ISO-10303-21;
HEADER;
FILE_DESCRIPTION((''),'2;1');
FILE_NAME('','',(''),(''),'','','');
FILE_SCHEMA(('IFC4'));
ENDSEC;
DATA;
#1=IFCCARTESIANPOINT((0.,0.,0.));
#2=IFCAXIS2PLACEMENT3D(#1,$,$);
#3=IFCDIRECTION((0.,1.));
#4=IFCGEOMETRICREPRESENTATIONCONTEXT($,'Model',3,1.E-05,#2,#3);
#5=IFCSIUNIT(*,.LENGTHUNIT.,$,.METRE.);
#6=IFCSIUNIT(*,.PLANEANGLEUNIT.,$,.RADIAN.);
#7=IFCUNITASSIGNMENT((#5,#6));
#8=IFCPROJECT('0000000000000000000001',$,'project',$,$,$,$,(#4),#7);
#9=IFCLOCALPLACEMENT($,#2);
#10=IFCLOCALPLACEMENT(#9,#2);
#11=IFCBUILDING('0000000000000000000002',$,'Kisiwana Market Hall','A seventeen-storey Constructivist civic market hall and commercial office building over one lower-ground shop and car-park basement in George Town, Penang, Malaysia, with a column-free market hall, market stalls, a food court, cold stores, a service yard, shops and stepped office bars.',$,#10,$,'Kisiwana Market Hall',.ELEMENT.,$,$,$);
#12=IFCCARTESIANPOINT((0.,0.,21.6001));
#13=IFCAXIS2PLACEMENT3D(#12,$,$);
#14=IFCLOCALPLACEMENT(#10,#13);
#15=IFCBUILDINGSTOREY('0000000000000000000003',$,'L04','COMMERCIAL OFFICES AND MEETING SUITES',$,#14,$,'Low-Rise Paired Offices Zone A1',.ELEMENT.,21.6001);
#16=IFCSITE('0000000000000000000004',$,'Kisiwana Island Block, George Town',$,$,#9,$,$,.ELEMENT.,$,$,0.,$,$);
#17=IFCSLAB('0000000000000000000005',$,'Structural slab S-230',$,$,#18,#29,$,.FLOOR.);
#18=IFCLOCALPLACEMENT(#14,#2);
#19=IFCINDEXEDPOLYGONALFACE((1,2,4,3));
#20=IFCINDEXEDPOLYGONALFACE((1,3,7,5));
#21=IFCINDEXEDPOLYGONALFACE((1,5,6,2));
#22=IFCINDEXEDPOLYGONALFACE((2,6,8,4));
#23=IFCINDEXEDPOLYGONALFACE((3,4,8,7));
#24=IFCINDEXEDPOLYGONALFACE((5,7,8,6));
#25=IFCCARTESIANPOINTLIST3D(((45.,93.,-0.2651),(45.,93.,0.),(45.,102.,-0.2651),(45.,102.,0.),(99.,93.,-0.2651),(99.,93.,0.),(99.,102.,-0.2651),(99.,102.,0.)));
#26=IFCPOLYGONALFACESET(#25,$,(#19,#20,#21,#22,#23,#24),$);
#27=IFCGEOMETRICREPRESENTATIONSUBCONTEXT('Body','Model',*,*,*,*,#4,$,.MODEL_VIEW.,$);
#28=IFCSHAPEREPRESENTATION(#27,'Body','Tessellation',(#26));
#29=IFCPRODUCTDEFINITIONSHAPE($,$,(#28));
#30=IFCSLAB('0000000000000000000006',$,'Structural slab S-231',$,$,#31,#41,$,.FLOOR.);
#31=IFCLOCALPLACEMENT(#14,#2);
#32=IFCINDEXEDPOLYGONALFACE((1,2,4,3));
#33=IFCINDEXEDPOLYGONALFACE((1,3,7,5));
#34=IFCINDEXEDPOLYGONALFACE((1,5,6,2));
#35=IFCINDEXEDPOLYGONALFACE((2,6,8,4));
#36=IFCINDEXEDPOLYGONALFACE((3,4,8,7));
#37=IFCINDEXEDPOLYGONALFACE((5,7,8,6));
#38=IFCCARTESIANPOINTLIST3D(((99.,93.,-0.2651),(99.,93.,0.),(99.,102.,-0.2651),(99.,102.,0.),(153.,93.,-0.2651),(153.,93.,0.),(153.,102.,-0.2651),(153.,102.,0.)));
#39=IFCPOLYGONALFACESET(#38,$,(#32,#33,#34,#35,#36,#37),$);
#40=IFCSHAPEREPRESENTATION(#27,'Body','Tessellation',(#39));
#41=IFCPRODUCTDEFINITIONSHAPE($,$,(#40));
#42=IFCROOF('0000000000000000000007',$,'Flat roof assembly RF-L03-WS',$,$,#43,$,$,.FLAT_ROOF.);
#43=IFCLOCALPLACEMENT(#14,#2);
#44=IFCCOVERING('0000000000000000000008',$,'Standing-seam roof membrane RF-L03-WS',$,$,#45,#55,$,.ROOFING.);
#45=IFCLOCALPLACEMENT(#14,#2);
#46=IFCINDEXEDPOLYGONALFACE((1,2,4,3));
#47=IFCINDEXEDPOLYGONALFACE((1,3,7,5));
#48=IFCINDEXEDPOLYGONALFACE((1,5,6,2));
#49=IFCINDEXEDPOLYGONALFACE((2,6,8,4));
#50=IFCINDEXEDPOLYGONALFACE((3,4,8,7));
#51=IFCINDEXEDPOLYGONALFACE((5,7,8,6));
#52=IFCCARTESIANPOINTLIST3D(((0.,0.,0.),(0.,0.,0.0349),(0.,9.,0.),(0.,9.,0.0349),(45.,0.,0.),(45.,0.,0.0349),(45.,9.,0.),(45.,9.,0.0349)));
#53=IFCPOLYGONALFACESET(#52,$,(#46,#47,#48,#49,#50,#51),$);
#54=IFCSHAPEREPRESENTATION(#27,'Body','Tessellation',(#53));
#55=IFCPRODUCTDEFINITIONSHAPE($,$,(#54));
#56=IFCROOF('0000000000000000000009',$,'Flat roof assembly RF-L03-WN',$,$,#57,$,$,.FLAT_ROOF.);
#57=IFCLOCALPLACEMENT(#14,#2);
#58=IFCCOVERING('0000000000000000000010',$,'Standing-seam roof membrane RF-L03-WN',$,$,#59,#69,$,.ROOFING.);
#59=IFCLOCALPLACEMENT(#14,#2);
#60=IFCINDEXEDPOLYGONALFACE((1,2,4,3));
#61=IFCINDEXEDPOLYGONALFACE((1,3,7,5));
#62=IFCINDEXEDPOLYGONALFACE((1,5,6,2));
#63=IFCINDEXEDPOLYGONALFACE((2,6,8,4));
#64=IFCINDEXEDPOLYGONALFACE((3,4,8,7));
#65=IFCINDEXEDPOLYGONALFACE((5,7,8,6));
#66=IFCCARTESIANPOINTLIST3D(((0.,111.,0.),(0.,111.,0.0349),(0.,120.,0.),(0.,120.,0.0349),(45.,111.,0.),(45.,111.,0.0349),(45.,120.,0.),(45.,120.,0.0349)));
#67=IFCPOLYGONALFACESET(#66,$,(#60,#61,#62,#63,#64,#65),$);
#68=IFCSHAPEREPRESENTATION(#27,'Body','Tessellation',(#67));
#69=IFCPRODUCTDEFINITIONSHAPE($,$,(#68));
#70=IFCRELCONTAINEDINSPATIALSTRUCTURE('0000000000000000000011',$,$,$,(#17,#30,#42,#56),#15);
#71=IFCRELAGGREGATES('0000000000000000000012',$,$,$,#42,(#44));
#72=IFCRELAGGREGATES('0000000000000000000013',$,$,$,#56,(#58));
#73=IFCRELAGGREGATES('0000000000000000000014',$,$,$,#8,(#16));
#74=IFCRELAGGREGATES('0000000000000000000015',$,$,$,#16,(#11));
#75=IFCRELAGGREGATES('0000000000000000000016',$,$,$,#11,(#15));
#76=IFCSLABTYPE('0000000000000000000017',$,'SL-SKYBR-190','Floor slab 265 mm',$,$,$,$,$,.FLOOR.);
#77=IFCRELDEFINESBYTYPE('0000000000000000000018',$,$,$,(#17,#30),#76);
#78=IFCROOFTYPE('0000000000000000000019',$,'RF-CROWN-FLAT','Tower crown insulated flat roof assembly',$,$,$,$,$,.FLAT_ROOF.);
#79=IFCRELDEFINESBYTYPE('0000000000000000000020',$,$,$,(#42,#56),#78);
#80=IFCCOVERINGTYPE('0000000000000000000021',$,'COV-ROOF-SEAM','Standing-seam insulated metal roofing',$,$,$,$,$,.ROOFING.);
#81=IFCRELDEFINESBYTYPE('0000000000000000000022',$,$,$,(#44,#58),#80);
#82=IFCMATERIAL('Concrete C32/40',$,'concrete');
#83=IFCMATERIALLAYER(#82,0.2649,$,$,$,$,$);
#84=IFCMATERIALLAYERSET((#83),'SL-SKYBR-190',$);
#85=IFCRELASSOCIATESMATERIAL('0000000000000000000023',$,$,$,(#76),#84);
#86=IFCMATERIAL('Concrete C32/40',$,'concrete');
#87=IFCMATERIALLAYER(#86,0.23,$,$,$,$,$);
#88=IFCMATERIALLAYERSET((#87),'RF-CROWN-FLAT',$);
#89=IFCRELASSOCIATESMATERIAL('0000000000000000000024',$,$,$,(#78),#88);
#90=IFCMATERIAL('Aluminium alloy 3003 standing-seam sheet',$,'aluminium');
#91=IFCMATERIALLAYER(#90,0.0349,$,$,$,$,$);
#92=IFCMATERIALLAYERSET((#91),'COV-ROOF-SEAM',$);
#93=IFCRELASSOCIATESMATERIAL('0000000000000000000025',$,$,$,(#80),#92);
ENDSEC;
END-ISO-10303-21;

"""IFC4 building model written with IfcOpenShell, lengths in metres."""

from ifc_helpers import new_model, si_unit, direction, frame, origin, place, context, subcontext, project, spatial, polyline, outline, extrude, material, layer, layer_set, type_object, element, aggregate, save


model = new_model("IFC4")

# Units and contexts
model_context = context("Model", 3, precision=1e-05, world=origin(), true_north=direction((0.0, 1.0)))
body_context = subcontext(model_context, "Body", "Model", "MODEL_VIEW")
ifc_project = project(units=[si_unit("LENGTHUNIT", "METRE"), si_unit("PLANEANGLEUNIT", "RADIAN")], contexts=[model_context])

# Site, building, storey
site_placement = place(None, origin())
site = spatial("IfcSite", under=ifc_project, at=site_placement, Name="Kisiwana Island Block, George Town", CompositionType="ELEMENT", RefElevation=0.0)
building_placement = place(site_placement, origin())
building = spatial("IfcBuilding", under=site, at=building_placement, Name="Kisiwana Market Hall", Description="A seventeen-storey Constructivist civic market hall and commercial office building over one lower-ground shop and car-park basement in George Town, Penang, Malaysia, with a column-free market hall, market stalls, a food court, cold stores, a service yard, shops and stepped office bars.", LongName="Kisiwana Market Hall", CompositionType="ELEMENT")
storey_placement = place(building_placement, frame((0.0, 0.0, 21.6001)))
storey = spatial("IfcBuildingStorey", under=building, at=storey_placement, Name="L04", Description="COMMERCIAL OFFICES AND MEETING SUITES", LongName="Low-Rise Paired Offices Zone A1", CompositionType="ELEMENT", Elevation=21.6001)

# Slabs
ifc_material_1 = material(Name="Concrete C32/40", Category="concrete")
ifc_layer_1 = layer(ifc_material_1, 0.2649)
ifc_layer_set_1 = layer_set([ifc_layer_1], Name="SL-SKYBR-190")
slab_type_1 = type_object("IfcSlabType", Name="SL-SKYBR-190", Description="Floor slab 265 mm", PredefinedType="FLOOR", material=ifc_layer_set_1)
slab_1_placement = place(storey_placement, frame((0.0, 0.0, -0.2651)))
element("IfcSlab", 1, at=slab_1_placement, inside=storey, type_object=slab_type_1, Name="Structural slab S-230", PredefinedType="FLOOR", context=body_context, shape_type="SweptSolid", body=[
    extrude(outline(polyline([(45.0, 93.0), (99.0, 93.0), (99.0, 102.0), (45.0, 102.0), (45.0, 93.0)])), origin(), (0.0, 0.0, 1.0), 0.2651),
])
slab_2_placement = place(storey_placement, frame((0.0, 0.0, -0.2651)))
element("IfcSlab", 2, at=slab_2_placement, inside=storey, type_object=slab_type_1, Name="Structural slab S-231", PredefinedType="FLOOR", context=body_context, shape_type="SweptSolid", body=[
    extrude(outline(polyline([(99.0, 93.0), (153.0, 93.0), (153.0, 102.0), (99.0, 102.0), (99.0, 93.0)])), origin(), (0.0, 0.0, 1.0), 0.2651),
])

# Roofs, coverings
ifc_material_2 = material(Name="Concrete C32/40", Category="concrete")
ifc_layer_2 = layer(ifc_material_2, 0.23)
ifc_layer_set_2 = layer_set([ifc_layer_2], Name="RF-CROWN-FLAT")
roof_type = type_object("IfcRoofType", Name="RF-CROWN-FLAT", Description="Tower crown insulated flat roof assembly", PredefinedType="FLAT_ROOF", material=ifc_layer_set_2)
roof_1_placement = place(storey_placement, origin())
roof_1 = element("IfcRoof", 3, at=roof_1_placement, inside=storey, type_object=roof_type, Name="Flat roof assembly RF-L03-WS", PredefinedType="FLAT_ROOF")
ifc_material_3 = material(Name="Aluminium alloy 3003 standing-seam sheet", Category="aluminium")
ifc_layer_3 = layer(ifc_material_3, 0.0349)
ifc_layer_set_3 = layer_set([ifc_layer_3], Name="COV-ROOF-SEAM")
covering_type = type_object("IfcCoveringType", Name="COV-ROOF-SEAM", Description="Standing-seam insulated metal roofing", PredefinedType="ROOFING", material=ifc_layer_set_3)
covering_1_placement = place(storey_placement, origin())
covering_1 = element("IfcCovering", 4, at=covering_1_placement, type_object=covering_type, Name="Standing-seam roof membrane RF-L03-WS", PredefinedType="ROOFING", context=body_context, shape_type="SweptSolid", body=[
    extrude(outline(polyline([(0.0, 0.0), (45.0, 0.0), (45.0, 9.0), (0.0, 9.0), (0.0, 0.0)])), origin(), (0.0, 0.0, 1.0), 0.0349),
])
aggregate(roof_1, [covering_1])
roof_2_placement = place(storey_placement, origin())
roof_2 = element("IfcRoof", 5, at=roof_2_placement, inside=storey, type_object=roof_type, Name="Flat roof assembly RF-L03-WN", PredefinedType="FLAT_ROOF")
covering_2_placement = place(storey_placement, origin())
covering_2 = element("IfcCovering", 6, at=covering_2_placement, type_object=covering_type, Name="Standing-seam roof membrane RF-L03-WN", PredefinedType="ROOFING", context=body_context, shape_type="SweptSolid", body=[
    extrude(outline(polyline([(0.0, 111.0), (45.0, 111.0), (45.0, 120.0), (0.0, 120.0), (0.0, 111.0)])), origin(), (0.0, 0.0, 1.0), 0.0349),
])
aggregate(roof_2, [covering_2])

save(model, "model.ifc")
